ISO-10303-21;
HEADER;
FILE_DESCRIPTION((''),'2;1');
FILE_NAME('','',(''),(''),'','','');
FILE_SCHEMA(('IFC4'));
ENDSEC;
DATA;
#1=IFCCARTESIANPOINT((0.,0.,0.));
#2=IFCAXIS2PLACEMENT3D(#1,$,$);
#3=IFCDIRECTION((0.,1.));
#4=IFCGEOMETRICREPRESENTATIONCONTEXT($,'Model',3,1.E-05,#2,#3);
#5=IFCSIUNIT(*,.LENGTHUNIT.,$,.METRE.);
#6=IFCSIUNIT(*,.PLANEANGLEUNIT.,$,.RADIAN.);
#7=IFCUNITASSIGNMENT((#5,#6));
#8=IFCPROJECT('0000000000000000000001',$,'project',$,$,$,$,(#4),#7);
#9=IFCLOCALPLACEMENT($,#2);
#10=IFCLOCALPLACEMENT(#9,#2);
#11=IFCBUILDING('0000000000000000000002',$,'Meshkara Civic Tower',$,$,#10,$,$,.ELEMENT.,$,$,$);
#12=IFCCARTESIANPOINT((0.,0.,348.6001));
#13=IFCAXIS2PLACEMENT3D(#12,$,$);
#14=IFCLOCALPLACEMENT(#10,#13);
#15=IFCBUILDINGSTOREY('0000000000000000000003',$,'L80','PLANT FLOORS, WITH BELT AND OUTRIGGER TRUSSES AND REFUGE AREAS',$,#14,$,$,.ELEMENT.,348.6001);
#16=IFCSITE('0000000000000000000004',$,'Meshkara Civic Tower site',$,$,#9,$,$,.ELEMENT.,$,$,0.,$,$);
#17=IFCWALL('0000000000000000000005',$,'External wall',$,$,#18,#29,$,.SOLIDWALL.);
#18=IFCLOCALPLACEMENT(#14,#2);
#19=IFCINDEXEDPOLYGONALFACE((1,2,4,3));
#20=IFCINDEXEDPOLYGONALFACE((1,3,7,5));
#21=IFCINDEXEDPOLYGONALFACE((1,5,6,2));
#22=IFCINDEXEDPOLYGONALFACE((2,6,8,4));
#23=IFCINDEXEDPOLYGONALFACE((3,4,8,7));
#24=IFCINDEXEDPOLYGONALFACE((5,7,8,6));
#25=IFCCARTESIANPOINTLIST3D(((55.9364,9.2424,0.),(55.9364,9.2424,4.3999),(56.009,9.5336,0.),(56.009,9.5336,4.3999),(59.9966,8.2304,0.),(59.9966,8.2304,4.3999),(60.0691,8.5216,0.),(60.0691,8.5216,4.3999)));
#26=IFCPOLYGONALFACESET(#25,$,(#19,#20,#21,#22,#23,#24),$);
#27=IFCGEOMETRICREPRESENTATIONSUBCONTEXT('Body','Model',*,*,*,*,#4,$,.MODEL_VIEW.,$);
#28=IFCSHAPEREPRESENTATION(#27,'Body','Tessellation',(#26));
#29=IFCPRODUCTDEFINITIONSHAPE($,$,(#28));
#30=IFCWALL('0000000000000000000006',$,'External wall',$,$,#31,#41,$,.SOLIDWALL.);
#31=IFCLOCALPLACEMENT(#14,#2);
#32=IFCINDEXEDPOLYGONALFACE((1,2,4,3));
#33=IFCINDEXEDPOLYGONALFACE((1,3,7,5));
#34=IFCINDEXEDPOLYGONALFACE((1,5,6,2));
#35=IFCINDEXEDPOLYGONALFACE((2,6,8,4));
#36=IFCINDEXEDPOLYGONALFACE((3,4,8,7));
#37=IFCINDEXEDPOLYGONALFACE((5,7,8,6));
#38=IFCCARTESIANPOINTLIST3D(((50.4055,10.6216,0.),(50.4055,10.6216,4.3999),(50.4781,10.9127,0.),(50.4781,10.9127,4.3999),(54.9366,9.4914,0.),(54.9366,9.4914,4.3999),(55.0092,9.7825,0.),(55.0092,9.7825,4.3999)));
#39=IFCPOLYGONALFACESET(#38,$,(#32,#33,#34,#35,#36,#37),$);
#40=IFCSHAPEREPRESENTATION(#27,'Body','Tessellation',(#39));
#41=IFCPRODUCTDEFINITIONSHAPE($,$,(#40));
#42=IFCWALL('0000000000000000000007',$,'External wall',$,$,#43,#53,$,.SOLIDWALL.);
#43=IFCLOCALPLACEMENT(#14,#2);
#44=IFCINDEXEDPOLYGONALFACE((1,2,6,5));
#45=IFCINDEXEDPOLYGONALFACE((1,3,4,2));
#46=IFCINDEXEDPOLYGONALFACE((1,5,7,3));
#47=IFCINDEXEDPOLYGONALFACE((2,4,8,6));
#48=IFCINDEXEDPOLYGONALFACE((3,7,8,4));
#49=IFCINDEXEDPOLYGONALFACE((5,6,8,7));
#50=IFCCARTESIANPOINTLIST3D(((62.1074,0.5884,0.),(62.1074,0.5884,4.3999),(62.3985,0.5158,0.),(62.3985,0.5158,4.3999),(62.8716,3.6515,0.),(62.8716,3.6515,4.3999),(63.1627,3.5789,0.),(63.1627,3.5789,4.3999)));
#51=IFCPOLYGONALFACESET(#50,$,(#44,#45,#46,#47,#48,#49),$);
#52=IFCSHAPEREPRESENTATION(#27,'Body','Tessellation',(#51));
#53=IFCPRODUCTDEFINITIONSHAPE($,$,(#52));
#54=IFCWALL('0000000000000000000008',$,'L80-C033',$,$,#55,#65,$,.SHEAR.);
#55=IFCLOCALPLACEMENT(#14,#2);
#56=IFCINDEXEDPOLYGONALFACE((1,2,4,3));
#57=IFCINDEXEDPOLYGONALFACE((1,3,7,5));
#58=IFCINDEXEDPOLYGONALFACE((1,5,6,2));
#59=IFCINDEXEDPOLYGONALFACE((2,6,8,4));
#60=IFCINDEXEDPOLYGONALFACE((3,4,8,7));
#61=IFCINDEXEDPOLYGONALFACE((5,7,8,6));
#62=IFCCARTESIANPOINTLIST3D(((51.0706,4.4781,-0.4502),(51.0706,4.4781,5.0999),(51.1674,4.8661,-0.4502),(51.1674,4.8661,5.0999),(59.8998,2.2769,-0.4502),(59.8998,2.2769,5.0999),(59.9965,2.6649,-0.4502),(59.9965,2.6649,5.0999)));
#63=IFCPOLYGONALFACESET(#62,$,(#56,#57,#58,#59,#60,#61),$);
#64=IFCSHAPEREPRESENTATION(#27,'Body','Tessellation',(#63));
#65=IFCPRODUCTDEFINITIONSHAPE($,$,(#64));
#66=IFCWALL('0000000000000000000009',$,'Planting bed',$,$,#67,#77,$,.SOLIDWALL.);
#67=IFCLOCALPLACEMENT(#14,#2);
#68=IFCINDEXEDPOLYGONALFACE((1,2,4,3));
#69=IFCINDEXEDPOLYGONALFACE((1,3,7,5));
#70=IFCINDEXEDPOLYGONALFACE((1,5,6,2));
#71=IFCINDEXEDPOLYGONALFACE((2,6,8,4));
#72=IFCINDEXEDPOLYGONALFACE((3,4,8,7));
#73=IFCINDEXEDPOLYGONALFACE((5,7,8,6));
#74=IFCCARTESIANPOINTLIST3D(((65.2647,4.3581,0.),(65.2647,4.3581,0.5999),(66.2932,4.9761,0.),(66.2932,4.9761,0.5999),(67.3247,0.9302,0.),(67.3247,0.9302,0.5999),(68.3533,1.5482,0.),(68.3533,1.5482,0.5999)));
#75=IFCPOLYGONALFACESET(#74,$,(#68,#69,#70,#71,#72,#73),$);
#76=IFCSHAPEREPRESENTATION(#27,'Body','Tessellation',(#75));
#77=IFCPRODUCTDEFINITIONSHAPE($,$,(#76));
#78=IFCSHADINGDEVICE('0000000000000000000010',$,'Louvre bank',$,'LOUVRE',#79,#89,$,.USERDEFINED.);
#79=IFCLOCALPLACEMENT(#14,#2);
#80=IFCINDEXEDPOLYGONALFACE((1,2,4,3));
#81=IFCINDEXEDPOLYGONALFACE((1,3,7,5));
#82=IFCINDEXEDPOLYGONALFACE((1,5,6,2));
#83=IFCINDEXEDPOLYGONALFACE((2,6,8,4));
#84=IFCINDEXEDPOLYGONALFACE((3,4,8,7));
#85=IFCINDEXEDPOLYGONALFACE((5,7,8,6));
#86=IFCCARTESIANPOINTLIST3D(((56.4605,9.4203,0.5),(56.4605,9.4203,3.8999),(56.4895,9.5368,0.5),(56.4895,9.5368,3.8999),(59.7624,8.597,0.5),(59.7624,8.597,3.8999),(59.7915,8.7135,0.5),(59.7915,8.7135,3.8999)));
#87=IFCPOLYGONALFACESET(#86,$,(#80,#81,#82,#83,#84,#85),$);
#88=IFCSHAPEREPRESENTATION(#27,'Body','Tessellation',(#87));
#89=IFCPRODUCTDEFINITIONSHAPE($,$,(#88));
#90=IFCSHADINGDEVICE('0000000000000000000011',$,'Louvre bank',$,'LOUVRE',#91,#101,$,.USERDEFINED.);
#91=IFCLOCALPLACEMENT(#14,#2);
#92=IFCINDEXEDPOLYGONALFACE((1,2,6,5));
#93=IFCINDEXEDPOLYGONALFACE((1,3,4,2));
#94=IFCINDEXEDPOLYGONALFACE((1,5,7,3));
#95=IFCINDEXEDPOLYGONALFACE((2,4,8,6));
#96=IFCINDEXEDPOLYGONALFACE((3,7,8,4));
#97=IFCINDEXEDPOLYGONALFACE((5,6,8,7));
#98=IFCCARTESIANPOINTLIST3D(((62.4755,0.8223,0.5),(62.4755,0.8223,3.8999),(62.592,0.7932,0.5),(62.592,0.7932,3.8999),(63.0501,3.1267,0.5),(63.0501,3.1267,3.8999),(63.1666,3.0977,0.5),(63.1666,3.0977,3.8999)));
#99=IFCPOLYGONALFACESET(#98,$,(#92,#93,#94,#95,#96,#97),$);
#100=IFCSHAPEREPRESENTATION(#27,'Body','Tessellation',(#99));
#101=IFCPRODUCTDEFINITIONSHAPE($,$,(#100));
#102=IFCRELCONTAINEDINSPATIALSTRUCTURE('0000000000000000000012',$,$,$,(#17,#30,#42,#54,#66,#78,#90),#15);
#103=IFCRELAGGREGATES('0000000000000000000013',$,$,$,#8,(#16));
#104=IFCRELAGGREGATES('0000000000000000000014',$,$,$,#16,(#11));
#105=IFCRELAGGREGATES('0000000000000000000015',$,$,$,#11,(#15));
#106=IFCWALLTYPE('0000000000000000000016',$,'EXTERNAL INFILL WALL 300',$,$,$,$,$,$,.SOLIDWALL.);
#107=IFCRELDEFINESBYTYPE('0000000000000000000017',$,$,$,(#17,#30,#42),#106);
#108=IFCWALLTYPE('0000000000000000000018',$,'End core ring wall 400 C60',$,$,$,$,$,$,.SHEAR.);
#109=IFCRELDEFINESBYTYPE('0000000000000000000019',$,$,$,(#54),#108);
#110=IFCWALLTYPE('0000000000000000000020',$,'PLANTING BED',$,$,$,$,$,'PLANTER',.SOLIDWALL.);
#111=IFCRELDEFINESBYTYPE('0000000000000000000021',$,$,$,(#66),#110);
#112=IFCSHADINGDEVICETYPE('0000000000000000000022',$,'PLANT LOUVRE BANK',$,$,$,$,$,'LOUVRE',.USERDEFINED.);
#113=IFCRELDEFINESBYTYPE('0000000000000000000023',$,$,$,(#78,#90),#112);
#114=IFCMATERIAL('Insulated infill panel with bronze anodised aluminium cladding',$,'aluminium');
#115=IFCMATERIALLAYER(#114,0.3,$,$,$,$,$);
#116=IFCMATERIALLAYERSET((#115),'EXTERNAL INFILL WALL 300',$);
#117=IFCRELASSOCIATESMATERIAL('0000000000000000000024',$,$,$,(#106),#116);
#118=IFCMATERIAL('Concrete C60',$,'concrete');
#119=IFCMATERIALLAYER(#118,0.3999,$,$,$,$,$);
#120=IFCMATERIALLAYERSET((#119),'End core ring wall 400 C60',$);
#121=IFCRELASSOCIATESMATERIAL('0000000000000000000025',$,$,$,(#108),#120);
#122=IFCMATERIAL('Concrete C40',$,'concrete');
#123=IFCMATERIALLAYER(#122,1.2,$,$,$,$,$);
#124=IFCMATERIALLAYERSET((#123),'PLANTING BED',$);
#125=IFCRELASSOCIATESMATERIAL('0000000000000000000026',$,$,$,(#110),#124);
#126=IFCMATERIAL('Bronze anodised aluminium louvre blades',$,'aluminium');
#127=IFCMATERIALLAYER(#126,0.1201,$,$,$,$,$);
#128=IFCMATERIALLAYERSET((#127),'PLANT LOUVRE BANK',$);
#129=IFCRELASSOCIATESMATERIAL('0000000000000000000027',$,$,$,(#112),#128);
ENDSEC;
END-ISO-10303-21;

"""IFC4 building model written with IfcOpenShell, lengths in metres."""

from ifc_helpers import new_model, si_unit, direction, frame, frame_2d, origin, origin_2d, place, context, subcontext, project, spatial, rectangle, extrude, material, layer, layer_set, type_object, element, save


model = new_model("IFC4")

# Units and contexts
model_context = context("Model", 3, precision=1e-05, world=origin(), true_north=direction((0.0, 1.0)))
body_context = subcontext(model_context, "Body", "Model", "MODEL_VIEW")
ifc_project = project(units=[si_unit("LENGTHUNIT", "METRE"), si_unit("PLANEANGLEUNIT", "RADIAN")], contexts=[model_context])

# Site, building, storey
site_placement = place(None, origin())
site = spatial("IfcSite", under=ifc_project, at=site_placement, Name="Meshkara Civic Tower site", CompositionType="ELEMENT", RefElevation=0.0)
building_placement = place(site_placement, origin())
building = spatial("IfcBuilding", under=site, at=building_placement, Name="Meshkara Civic Tower", CompositionType="ELEMENT")
storey_placement = place(building_placement, frame((0.0, 0.0, 348.6001)))
storey = spatial("IfcBuildingStorey", under=building, at=storey_placement, Name="L80", Description="PLANT FLOORS, WITH BELT AND OUTRIGGER TRUSSES AND REFUGE AREAS", CompositionType="ELEMENT", Elevation=348.6001)

# Walls
ifc_material_1 = material(Name="Insulated infill panel with bronze anodised aluminium cladding", Category="aluminium")
ifc_layer_1 = layer(ifc_material_1, 0.3)
ifc_layer_set_1 = layer_set([ifc_layer_1], Name="EXTERNAL INFILL WALL 300")
wall_type_1 = type_object("IfcWallType", Name="EXTERNAL INFILL WALL 300", PredefinedType="SOLIDWALL", material=ifc_layer_set_1)
wall_1_placement = place(storey_placement, frame((60.033, 8.376, 0.0), z_axis=(0.0, 0.0, 1.0), x_axis=(-0.970314, 0.241849, 0.0)))
element("IfcWall", 1, at=wall_1_placement, inside=storey, type_object=wall_type_1, Name="External wall", PredefinedType="SOLIDWALL", context=body_context, shape_type="SweptSolid", body=[
    extrude(rectangle(XDim=4.1843, YDim=0.3, at=frame_2d((2.0923, 0.0))), origin(), (0.0, 0.0, 1.0), 4.3999),
])
wall_2_placement = place(storey_placement, frame((54.9729, 9.637, 0.0), z_axis=(0.0, 0.0, 1.0), x_axis=(-0.970275, 0.242007, 0.0)))
element("IfcWall", 2, at=wall_2_placement, inside=storey, type_object=wall_type_1, Name="External wall", PredefinedType="SOLIDWALL", context=body_context, shape_type="SweptSolid", body=[
    extrude(rectangle(XDim=4.6699, YDim=0.3, at=frame_2d((2.335, 0.0))), origin(), (0.0, 0.0, 1.0), 4.3999),
])
wall_3_placement = place(storey_placement, frame((62.2529, 0.552, 0.0), z_axis=(0.0, 0.0, 1.0), x_axis=(0.242062, 0.970261, 0.0)))
element("IfcWall", 3, at=wall_3_placement, inside=storey, type_object=wall_type_1, Name="External wall", PredefinedType="SOLIDWALL", context=body_context, shape_type="SweptSolid", body=[
    extrude(rectangle(XDim=3.157, YDim=0.3, at=frame_2d((1.5786, 0.0))), origin(), (0.0, 0.0, 1.0), 4.3999),
])

# Walls
ifc_material_2 = material(Name="Concrete C60", Category="concrete")
ifc_layer_2 = layer(ifc_material_2, 0.3999)
ifc_layer_set_2 = layer_set([ifc_layer_2], Name="End core ring wall 400 C60")
wall_type_2 = type_object("IfcWallType", Name="End core ring wall 400 C60", PredefinedType="SHEAR", material=ifc_layer_set_2)
wall_4_placement = place(storey_placement, frame((51.1189, 4.6721, -0.4502), z_axis=(0.0, 0.0, 1.0), x_axis=(0.9703, -0.241904, 0.0)))
element("IfcWall", 4, at=wall_4_placement, inside=storey, type_object=wall_type_2, Name="L80-C033", PredefinedType="SHEAR", context=body_context, shape_type="SweptSolid", body=[
    extrude(rectangle(XDim=9.0994, YDim=0.3999, at=frame_2d((4.5498, 0.0))), origin(), (0.0, 0.0, 1.0), 5.55),
])
ifc_material_3 = material(Name="Concrete C40", Category="concrete")
ifc_layer_3 = layer(ifc_material_3, 1.2)
ifc_layer_set_3 = layer_set([ifc_layer_3], Name="PLANTING BED")
wall_type_3 = type_object("IfcWallType", Name="PLANTING BED", ElementType="PLANTER", PredefinedType="SOLIDWALL", material=ifc_layer_set_3)
wall_5_placement = place(storey_placement, frame((65.7791, 4.667, 0.0), z_axis=(0.0, 0.0, 1.0), x_axis=(0.515097, -0.857132, 0.0)))
element("IfcWall", 5, at=wall_5_placement, inside=storey, type_object=wall_type_3, Name="Planting bed", PredefinedType="SOLIDWALL", context=body_context, shape_type="SweptSolid", body=[
    extrude(rectangle(XDim=3.9993, YDim=1.2, at=frame_2d((1.9995, 0.0))), origin(), (0.0, 0.0, 1.0), 0.5999),
])

# Shading devices
ifc_material_4 = material(Name="Bronze anodised aluminium louvre blades", Category="aluminium")
ifc_layer_4 = layer(ifc_material_4, 0.1201)
ifc_layer_set_4 = layer_set([ifc_layer_4], Name="PLANT LOUVRE BANK")
shading_device_type = type_object("IfcShadingDeviceType", Name="PLANT LOUVRE BANK", ElementType="LOUVRE", PredefinedType="USERDEFINED", material=ifc_layer_set_4)
shading_device_1_placement = place(storey_placement, frame((58.126, 9.0669, 0.5), z_axis=(0.0, 0.0, 1.0), x_axis=(-0.970292, 0.241939, 0.0)))
element("IfcShadingDevice", 6, at=shading_device_1_placement, inside=storey, type_object=shading_device_type, Name="Louvre bank", ObjectType="LOUVRE", PredefinedType="USERDEFINED", context=body_context, shape_type="SweptSolid", body=[
    extrude(rectangle(XDim=3.4031, YDim=0.1201, at=origin_2d()), origin(), (0.0, 0.0, 1.0), 3.3999),
])
shading_device_2_placement = place(storey_placement, frame((62.821, 1.96, 0.5), z_axis=(0.0, 0.0, 1.0), x_axis=(0.241922, 0.970296, 0.0)))
element("IfcShadingDevice", 7, at=shading_device_2_placement, inside=storey, type_object=shading_device_type, Name="Louvre bank", ObjectType="LOUVRE", PredefinedType="USERDEFINED", context=body_context, shape_type="SweptSolid", body=[
    extrude(rectangle(XDim=2.375, YDim=0.1201, at=origin_2d()), origin(), (0.0, 0.0, 1.0), 3.3999),
])

save(model, "model.ifc")
